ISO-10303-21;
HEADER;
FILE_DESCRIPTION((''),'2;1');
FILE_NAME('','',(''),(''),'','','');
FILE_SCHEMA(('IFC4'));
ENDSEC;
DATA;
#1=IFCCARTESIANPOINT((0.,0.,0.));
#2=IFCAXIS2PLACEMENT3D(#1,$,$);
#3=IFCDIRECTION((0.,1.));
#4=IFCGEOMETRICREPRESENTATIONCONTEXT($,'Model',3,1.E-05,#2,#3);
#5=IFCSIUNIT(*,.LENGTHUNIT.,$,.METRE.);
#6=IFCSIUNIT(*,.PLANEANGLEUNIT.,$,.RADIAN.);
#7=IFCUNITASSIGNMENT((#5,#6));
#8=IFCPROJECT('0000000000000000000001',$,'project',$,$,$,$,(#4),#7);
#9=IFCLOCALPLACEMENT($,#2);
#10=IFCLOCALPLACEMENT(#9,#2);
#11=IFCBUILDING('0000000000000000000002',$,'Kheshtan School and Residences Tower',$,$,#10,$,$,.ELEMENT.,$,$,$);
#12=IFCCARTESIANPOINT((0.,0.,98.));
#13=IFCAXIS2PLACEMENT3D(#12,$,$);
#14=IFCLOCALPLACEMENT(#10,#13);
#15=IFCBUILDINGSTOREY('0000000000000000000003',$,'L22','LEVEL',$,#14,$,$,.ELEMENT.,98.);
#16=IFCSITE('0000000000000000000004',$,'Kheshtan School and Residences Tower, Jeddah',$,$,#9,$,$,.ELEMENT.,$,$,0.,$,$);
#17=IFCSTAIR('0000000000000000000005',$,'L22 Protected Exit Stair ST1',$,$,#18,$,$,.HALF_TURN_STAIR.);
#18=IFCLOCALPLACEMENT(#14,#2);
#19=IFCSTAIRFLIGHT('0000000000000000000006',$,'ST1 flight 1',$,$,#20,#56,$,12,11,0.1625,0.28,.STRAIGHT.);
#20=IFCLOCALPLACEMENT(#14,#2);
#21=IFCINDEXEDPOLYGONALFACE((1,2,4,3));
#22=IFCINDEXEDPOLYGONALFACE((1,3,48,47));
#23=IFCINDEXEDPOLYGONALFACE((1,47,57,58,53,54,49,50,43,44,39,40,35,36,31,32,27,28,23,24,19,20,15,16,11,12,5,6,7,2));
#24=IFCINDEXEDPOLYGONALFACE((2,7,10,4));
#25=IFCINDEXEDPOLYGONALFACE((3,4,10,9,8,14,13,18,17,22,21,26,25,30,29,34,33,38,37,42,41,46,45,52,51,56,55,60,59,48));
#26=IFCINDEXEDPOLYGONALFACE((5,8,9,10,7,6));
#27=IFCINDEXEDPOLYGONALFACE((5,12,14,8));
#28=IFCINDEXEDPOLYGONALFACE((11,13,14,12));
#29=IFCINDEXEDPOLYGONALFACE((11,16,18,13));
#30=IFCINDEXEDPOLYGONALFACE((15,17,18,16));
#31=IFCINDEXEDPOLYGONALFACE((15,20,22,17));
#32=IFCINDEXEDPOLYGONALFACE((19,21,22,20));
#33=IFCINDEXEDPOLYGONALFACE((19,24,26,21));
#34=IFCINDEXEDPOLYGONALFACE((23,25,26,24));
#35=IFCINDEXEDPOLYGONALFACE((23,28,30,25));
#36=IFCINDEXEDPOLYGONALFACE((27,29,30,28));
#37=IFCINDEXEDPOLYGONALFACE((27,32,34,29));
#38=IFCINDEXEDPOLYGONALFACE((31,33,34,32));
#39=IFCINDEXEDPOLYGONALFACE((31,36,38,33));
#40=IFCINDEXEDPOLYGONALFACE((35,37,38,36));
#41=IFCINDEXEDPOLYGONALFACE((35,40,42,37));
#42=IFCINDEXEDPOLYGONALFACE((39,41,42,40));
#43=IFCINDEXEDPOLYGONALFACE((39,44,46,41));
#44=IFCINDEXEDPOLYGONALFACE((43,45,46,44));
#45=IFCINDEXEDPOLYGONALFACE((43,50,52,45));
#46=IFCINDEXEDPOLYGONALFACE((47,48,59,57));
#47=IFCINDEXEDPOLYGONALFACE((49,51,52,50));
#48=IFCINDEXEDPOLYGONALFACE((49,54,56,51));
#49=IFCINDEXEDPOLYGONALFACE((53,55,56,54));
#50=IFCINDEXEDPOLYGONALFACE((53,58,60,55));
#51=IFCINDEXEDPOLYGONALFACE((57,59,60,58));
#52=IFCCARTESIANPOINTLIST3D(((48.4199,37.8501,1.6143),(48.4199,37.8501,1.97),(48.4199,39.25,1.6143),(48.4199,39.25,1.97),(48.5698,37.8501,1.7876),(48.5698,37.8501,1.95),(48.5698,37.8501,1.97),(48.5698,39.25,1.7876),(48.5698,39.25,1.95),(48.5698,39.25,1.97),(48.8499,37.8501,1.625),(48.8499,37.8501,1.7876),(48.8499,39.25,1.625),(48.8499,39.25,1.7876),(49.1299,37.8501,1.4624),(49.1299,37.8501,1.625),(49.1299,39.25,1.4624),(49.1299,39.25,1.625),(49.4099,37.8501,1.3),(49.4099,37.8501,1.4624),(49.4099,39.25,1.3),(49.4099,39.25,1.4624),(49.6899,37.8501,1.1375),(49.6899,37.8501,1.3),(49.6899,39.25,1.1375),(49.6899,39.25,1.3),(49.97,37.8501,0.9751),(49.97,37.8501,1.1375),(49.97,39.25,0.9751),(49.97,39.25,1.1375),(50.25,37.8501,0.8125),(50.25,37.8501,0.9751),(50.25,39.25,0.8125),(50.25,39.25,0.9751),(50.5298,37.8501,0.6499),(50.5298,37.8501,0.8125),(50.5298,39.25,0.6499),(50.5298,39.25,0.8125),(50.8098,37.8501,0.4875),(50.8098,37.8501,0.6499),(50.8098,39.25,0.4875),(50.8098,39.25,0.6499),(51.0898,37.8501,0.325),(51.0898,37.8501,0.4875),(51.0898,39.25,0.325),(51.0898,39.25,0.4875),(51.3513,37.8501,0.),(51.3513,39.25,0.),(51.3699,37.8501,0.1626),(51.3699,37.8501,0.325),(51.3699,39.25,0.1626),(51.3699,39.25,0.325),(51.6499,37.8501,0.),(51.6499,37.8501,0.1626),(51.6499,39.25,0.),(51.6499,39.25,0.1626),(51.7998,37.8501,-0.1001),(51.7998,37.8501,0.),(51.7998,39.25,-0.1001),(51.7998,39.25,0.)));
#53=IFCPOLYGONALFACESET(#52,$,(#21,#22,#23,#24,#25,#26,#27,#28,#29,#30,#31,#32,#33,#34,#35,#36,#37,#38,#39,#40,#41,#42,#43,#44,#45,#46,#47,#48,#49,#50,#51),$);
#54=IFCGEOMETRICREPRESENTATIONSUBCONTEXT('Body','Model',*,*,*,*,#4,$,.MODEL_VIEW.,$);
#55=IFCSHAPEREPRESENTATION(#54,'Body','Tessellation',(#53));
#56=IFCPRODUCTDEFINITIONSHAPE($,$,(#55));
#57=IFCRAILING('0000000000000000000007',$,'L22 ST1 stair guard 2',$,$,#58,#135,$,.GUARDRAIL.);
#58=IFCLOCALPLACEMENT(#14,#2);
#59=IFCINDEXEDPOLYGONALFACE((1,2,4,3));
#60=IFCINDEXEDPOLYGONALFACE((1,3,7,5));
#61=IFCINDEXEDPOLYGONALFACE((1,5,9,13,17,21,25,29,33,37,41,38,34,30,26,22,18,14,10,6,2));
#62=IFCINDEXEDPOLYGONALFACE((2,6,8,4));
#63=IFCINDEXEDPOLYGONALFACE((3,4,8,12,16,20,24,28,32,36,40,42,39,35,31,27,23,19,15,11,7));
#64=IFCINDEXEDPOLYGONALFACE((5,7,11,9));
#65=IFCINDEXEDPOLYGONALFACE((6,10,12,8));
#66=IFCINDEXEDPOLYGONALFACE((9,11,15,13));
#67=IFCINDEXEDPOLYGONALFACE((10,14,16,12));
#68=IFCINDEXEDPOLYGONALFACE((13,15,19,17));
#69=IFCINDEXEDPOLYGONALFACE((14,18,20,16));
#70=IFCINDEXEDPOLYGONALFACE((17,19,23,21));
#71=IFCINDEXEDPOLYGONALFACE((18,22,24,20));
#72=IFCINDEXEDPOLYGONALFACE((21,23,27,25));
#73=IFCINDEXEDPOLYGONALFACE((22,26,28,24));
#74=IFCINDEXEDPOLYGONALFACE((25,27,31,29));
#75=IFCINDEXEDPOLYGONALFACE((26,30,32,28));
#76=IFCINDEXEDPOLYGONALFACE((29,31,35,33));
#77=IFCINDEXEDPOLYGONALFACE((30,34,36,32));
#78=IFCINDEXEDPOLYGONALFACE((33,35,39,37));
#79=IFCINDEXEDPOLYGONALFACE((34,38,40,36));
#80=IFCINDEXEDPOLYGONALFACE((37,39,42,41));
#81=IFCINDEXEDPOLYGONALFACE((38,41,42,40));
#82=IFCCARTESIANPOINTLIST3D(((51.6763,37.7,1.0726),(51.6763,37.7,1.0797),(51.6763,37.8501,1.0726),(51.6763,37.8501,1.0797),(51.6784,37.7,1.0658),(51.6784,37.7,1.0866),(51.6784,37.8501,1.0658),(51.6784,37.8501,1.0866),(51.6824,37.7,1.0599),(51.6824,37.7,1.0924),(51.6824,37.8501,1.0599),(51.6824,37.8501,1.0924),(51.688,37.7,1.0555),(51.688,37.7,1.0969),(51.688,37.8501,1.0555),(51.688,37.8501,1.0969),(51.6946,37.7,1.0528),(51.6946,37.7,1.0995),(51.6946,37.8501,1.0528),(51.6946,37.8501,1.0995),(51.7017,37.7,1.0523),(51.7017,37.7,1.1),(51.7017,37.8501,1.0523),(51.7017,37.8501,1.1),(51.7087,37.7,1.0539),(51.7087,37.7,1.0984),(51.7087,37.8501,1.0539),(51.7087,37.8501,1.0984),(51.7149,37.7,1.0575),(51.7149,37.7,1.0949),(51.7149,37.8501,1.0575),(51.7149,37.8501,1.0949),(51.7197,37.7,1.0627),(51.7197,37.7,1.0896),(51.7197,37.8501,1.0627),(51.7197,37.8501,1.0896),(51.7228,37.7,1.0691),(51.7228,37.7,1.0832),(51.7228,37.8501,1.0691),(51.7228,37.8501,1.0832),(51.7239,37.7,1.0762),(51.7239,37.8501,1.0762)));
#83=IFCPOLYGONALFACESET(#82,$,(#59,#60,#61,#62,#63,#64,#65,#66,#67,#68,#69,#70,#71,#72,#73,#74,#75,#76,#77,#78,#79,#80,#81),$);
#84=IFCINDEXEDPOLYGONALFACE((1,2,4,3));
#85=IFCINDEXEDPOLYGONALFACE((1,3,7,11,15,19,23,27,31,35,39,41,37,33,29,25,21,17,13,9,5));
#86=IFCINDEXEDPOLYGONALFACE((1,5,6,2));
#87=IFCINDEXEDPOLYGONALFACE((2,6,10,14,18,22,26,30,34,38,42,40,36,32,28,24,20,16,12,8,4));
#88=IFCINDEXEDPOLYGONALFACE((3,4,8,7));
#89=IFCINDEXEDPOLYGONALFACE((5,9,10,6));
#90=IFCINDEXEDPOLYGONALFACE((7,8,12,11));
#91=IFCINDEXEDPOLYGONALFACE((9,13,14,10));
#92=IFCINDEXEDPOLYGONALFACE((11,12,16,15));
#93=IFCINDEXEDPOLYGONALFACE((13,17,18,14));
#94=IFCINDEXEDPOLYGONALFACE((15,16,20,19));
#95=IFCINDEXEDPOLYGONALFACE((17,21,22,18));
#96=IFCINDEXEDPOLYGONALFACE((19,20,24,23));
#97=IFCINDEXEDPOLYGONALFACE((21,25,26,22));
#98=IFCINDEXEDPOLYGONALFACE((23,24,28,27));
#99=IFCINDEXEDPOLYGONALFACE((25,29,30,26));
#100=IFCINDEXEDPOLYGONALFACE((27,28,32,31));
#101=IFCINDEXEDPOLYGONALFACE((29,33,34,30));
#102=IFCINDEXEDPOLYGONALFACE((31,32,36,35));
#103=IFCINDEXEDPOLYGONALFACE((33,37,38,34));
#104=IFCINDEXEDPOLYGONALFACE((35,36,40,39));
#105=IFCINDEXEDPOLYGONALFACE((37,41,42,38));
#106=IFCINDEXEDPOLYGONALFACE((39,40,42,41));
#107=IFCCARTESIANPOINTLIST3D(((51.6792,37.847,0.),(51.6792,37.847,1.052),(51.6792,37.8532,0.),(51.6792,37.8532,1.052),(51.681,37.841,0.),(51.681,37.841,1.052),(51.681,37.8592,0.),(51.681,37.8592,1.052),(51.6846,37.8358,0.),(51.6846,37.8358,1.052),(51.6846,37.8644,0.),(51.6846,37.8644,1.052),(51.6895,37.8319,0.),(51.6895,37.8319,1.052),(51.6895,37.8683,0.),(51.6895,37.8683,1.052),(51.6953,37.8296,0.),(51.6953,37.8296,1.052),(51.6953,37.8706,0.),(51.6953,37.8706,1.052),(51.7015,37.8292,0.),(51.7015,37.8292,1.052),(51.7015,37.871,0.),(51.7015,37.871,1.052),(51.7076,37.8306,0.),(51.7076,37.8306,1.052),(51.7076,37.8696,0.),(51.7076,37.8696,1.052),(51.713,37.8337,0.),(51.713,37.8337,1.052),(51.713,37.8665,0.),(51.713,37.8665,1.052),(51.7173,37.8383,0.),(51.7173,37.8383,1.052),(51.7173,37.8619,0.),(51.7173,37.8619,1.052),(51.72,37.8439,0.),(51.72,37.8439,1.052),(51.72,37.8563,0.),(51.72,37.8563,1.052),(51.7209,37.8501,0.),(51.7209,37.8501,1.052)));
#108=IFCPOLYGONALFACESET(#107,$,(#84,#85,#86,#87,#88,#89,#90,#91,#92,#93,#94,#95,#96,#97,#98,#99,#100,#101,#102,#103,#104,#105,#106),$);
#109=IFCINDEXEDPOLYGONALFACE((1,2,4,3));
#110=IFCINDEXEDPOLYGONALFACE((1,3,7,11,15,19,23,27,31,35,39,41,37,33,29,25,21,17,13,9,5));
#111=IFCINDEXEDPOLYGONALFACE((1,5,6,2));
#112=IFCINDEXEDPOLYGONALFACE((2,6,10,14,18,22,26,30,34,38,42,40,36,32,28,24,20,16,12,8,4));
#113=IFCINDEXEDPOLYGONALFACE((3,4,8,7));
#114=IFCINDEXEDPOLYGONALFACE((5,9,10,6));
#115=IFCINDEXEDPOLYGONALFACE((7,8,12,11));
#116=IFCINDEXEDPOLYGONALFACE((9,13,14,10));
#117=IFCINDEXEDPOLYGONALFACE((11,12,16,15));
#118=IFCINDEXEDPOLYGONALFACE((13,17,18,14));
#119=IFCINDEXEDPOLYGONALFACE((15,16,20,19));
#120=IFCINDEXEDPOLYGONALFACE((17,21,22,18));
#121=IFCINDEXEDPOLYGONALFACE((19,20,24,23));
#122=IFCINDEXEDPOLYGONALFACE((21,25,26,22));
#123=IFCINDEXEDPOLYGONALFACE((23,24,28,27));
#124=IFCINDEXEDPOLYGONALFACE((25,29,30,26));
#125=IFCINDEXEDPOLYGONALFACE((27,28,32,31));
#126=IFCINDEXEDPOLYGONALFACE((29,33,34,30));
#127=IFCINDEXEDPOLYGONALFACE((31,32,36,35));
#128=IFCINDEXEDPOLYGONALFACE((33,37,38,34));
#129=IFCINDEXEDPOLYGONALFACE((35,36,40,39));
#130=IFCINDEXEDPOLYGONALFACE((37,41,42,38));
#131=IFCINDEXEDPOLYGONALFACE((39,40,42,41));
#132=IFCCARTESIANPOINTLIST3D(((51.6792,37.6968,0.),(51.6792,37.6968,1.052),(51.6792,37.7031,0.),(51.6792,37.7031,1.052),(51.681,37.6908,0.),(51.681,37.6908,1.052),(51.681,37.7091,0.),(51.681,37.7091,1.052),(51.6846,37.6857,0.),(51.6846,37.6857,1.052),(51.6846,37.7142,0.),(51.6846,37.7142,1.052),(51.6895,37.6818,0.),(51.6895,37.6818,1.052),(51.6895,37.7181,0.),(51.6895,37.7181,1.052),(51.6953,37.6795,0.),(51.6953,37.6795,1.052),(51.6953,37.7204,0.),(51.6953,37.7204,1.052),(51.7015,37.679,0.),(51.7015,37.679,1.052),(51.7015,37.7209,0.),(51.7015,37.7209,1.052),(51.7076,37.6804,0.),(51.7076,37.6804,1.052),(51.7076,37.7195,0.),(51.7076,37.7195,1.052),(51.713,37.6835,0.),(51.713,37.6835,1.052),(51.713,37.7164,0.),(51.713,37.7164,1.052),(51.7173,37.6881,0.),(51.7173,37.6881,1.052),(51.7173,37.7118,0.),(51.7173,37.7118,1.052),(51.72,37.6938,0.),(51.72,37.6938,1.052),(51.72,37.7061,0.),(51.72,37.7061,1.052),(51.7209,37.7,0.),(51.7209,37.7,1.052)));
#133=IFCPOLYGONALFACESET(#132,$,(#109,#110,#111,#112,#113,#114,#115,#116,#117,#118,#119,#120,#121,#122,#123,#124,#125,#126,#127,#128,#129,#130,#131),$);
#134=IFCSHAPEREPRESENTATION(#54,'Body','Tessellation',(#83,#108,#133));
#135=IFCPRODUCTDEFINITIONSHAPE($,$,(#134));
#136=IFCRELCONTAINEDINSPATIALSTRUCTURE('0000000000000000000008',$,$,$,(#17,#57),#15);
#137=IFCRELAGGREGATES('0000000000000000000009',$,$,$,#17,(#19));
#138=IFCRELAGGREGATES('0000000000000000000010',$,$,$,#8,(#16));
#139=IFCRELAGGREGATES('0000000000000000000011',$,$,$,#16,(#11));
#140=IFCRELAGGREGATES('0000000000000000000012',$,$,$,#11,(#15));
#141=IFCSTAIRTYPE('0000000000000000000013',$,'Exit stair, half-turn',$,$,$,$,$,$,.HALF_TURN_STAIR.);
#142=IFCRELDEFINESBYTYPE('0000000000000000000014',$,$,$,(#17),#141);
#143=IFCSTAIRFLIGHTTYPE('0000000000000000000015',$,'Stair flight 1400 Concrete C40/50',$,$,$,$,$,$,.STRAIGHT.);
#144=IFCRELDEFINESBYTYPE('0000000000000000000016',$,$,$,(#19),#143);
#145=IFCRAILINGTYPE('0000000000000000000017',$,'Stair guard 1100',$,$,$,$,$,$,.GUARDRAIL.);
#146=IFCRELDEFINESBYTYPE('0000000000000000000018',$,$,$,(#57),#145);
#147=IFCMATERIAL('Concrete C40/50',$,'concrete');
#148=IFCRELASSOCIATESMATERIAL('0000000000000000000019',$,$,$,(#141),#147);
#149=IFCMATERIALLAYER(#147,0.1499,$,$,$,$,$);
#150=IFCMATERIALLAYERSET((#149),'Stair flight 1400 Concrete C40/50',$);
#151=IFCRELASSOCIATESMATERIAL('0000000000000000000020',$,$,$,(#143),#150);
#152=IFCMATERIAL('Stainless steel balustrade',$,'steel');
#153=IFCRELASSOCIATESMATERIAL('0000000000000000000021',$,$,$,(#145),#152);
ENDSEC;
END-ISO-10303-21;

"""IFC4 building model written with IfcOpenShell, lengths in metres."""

from ifc_helpers import new_model, si_unit, direction, frame, origin, origin_2d, place, context, subcontext, project, spatial, polyline, circle, outline, extrude, material, layer, layer_set, type_object, element, aggregate, save


model = new_model("IFC4")

# Units and contexts
model_context = context("Model", 3, precision=1e-05, world=origin(), true_north=direction((0.0, 1.0)))
body_context = subcontext(model_context, "Body", "Model", "MODEL_VIEW")
ifc_project = project(units=[si_unit("LENGTHUNIT", "METRE"), si_unit("PLANEANGLEUNIT", "RADIAN")], contexts=[model_context])

# Site, building, storey
site_placement = place(None, origin())
site = spatial("IfcSite", under=ifc_project, at=site_placement, Name="Kheshtan School and Residences Tower, Jeddah", CompositionType="ELEMENT", RefElevation=0.0)
building_placement = place(site_placement, origin())
building = spatial("IfcBuilding", under=site, at=building_placement, Name="Kheshtan School and Residences Tower", CompositionType="ELEMENT")
storey_placement = place(building_placement, frame((0.0, 0.0, 98.0)))
storey = spatial("IfcBuildingStorey", under=building, at=storey_placement, Name="L22", Description="LEVEL", CompositionType="ELEMENT", Elevation=98.0)

# Shared definitions
ifc_material_1 = material(Name="Concrete C40/50", Category="concrete")

# Stair, stair flight
stair_type = type_object("IfcStairType", Name="Exit stair, half-turn", PredefinedType="HALF_TURN_STAIR", material=ifc_material_1)
stair_placement = place(storey_placement, origin())
stair = element("IfcStair", 1, at=stair_placement, inside=storey, type_object=stair_type, Name="L22 Protected Exit Stair ST1", PredefinedType="HALF_TURN_STAIR")
ifc_layer_1 = layer(ifc_material_1, 0.1499)
ifc_layer_set_1 = layer_set([ifc_layer_1], Name="Stair flight 1400 Concrete C40/50")
stair_flight_type = type_object("IfcStairFlightType", Name="Stair flight 1400 Concrete C40/50", PredefinedType="STRAIGHT", material=ifc_layer_set_1)
stair_flight_placement = place(storey_placement, frame((51.6499, 38.55, 0.0), z_axis=(0.0, 0.0, 1.0), x_axis=(-1.0, 0.0, 0.0)))
stair_flight = element("IfcStairFlight", 2, at=stair_flight_placement, type_object=stair_flight_type, Name="ST1 flight 1", NumberOfRisers=12, NumberOfTreads=11, PredefinedType="STRAIGHT", RiserHeight=0.1625, TreadLength=0.28, context=body_context, shape_type="SweptSolid", body=[
    extrude(outline(polyline([(-0.1499, -0.1001), (-0.1499, 0.0), (0.0, 0.0), (0.0, 0.1626), (0.28, 0.1626), (0.28, 0.325), (0.5601, 0.325), (0.5601, 0.4875), (0.8401, 0.4875), (0.8401, 0.6499), (1.1201, 0.6499), (1.1201, 0.8125), (1.3999, 0.8125), (1.3999, 0.9751), (1.6799, 0.9751), (1.6799, 1.1375), (1.96, 1.1375), (1.96, 1.3), (2.24, 1.3), (2.24, 1.4624), (2.52, 1.4624), (2.52, 1.625), (2.8, 1.625), (2.8, 1.7876), (3.0801, 1.7876), (3.0801, 1.95), (3.0801, 1.97), (3.23, 1.97), (3.23, 1.6143), (0.2986, 0.0), (-0.1499, -0.1001)])), frame((0.0, 0.7, 0.0), z_axis=(0.0, -1.0, 0.0), x_axis=(1.0, 0.0, 0.0)), (0.0, 0.0, 1.0), 1.3999),
])
aggregate(stair, [stair_flight])

# Railing
ifc_material_2 = material(Name="Stainless steel balustrade", Category="steel")
railing_type_1 = type_object("IfcRailingType", Name="Stair guard 1100", PredefinedType="GUARDRAIL", material=ifc_material_2)
railing_1_placement = place(storey_placement, frame((51.7, 37.8501, 0.0)))
element("IfcRailing", 3, at=railing_1_placement, inside=storey, type_object=railing_type_1, Name="L22 ST1 stair guard 2", PredefinedType="GUARDRAIL", context=body_context, shape_type="SweptSolid", body=[
    extrude(circle(Radius=0.0239, at=origin_2d()), frame((0.0, 0.0, 1.0762), z_axis=(0.0, -1.0, 0.0), x_axis=(1.0, 0.0, 0.0)), (0.0, 0.0, 1.0), 0.1501),
    extrude(circle(Radius=0.021, at=origin_2d()), origin(), (0.0, 0.0, 1.0), 1.052),
    extrude(circle(Radius=0.021, at=origin_2d()), frame((0.0, -0.1501, 0.0)), (0.0, 0.0, 1.0), 1.052),
])

save(model, "model.ifc")
